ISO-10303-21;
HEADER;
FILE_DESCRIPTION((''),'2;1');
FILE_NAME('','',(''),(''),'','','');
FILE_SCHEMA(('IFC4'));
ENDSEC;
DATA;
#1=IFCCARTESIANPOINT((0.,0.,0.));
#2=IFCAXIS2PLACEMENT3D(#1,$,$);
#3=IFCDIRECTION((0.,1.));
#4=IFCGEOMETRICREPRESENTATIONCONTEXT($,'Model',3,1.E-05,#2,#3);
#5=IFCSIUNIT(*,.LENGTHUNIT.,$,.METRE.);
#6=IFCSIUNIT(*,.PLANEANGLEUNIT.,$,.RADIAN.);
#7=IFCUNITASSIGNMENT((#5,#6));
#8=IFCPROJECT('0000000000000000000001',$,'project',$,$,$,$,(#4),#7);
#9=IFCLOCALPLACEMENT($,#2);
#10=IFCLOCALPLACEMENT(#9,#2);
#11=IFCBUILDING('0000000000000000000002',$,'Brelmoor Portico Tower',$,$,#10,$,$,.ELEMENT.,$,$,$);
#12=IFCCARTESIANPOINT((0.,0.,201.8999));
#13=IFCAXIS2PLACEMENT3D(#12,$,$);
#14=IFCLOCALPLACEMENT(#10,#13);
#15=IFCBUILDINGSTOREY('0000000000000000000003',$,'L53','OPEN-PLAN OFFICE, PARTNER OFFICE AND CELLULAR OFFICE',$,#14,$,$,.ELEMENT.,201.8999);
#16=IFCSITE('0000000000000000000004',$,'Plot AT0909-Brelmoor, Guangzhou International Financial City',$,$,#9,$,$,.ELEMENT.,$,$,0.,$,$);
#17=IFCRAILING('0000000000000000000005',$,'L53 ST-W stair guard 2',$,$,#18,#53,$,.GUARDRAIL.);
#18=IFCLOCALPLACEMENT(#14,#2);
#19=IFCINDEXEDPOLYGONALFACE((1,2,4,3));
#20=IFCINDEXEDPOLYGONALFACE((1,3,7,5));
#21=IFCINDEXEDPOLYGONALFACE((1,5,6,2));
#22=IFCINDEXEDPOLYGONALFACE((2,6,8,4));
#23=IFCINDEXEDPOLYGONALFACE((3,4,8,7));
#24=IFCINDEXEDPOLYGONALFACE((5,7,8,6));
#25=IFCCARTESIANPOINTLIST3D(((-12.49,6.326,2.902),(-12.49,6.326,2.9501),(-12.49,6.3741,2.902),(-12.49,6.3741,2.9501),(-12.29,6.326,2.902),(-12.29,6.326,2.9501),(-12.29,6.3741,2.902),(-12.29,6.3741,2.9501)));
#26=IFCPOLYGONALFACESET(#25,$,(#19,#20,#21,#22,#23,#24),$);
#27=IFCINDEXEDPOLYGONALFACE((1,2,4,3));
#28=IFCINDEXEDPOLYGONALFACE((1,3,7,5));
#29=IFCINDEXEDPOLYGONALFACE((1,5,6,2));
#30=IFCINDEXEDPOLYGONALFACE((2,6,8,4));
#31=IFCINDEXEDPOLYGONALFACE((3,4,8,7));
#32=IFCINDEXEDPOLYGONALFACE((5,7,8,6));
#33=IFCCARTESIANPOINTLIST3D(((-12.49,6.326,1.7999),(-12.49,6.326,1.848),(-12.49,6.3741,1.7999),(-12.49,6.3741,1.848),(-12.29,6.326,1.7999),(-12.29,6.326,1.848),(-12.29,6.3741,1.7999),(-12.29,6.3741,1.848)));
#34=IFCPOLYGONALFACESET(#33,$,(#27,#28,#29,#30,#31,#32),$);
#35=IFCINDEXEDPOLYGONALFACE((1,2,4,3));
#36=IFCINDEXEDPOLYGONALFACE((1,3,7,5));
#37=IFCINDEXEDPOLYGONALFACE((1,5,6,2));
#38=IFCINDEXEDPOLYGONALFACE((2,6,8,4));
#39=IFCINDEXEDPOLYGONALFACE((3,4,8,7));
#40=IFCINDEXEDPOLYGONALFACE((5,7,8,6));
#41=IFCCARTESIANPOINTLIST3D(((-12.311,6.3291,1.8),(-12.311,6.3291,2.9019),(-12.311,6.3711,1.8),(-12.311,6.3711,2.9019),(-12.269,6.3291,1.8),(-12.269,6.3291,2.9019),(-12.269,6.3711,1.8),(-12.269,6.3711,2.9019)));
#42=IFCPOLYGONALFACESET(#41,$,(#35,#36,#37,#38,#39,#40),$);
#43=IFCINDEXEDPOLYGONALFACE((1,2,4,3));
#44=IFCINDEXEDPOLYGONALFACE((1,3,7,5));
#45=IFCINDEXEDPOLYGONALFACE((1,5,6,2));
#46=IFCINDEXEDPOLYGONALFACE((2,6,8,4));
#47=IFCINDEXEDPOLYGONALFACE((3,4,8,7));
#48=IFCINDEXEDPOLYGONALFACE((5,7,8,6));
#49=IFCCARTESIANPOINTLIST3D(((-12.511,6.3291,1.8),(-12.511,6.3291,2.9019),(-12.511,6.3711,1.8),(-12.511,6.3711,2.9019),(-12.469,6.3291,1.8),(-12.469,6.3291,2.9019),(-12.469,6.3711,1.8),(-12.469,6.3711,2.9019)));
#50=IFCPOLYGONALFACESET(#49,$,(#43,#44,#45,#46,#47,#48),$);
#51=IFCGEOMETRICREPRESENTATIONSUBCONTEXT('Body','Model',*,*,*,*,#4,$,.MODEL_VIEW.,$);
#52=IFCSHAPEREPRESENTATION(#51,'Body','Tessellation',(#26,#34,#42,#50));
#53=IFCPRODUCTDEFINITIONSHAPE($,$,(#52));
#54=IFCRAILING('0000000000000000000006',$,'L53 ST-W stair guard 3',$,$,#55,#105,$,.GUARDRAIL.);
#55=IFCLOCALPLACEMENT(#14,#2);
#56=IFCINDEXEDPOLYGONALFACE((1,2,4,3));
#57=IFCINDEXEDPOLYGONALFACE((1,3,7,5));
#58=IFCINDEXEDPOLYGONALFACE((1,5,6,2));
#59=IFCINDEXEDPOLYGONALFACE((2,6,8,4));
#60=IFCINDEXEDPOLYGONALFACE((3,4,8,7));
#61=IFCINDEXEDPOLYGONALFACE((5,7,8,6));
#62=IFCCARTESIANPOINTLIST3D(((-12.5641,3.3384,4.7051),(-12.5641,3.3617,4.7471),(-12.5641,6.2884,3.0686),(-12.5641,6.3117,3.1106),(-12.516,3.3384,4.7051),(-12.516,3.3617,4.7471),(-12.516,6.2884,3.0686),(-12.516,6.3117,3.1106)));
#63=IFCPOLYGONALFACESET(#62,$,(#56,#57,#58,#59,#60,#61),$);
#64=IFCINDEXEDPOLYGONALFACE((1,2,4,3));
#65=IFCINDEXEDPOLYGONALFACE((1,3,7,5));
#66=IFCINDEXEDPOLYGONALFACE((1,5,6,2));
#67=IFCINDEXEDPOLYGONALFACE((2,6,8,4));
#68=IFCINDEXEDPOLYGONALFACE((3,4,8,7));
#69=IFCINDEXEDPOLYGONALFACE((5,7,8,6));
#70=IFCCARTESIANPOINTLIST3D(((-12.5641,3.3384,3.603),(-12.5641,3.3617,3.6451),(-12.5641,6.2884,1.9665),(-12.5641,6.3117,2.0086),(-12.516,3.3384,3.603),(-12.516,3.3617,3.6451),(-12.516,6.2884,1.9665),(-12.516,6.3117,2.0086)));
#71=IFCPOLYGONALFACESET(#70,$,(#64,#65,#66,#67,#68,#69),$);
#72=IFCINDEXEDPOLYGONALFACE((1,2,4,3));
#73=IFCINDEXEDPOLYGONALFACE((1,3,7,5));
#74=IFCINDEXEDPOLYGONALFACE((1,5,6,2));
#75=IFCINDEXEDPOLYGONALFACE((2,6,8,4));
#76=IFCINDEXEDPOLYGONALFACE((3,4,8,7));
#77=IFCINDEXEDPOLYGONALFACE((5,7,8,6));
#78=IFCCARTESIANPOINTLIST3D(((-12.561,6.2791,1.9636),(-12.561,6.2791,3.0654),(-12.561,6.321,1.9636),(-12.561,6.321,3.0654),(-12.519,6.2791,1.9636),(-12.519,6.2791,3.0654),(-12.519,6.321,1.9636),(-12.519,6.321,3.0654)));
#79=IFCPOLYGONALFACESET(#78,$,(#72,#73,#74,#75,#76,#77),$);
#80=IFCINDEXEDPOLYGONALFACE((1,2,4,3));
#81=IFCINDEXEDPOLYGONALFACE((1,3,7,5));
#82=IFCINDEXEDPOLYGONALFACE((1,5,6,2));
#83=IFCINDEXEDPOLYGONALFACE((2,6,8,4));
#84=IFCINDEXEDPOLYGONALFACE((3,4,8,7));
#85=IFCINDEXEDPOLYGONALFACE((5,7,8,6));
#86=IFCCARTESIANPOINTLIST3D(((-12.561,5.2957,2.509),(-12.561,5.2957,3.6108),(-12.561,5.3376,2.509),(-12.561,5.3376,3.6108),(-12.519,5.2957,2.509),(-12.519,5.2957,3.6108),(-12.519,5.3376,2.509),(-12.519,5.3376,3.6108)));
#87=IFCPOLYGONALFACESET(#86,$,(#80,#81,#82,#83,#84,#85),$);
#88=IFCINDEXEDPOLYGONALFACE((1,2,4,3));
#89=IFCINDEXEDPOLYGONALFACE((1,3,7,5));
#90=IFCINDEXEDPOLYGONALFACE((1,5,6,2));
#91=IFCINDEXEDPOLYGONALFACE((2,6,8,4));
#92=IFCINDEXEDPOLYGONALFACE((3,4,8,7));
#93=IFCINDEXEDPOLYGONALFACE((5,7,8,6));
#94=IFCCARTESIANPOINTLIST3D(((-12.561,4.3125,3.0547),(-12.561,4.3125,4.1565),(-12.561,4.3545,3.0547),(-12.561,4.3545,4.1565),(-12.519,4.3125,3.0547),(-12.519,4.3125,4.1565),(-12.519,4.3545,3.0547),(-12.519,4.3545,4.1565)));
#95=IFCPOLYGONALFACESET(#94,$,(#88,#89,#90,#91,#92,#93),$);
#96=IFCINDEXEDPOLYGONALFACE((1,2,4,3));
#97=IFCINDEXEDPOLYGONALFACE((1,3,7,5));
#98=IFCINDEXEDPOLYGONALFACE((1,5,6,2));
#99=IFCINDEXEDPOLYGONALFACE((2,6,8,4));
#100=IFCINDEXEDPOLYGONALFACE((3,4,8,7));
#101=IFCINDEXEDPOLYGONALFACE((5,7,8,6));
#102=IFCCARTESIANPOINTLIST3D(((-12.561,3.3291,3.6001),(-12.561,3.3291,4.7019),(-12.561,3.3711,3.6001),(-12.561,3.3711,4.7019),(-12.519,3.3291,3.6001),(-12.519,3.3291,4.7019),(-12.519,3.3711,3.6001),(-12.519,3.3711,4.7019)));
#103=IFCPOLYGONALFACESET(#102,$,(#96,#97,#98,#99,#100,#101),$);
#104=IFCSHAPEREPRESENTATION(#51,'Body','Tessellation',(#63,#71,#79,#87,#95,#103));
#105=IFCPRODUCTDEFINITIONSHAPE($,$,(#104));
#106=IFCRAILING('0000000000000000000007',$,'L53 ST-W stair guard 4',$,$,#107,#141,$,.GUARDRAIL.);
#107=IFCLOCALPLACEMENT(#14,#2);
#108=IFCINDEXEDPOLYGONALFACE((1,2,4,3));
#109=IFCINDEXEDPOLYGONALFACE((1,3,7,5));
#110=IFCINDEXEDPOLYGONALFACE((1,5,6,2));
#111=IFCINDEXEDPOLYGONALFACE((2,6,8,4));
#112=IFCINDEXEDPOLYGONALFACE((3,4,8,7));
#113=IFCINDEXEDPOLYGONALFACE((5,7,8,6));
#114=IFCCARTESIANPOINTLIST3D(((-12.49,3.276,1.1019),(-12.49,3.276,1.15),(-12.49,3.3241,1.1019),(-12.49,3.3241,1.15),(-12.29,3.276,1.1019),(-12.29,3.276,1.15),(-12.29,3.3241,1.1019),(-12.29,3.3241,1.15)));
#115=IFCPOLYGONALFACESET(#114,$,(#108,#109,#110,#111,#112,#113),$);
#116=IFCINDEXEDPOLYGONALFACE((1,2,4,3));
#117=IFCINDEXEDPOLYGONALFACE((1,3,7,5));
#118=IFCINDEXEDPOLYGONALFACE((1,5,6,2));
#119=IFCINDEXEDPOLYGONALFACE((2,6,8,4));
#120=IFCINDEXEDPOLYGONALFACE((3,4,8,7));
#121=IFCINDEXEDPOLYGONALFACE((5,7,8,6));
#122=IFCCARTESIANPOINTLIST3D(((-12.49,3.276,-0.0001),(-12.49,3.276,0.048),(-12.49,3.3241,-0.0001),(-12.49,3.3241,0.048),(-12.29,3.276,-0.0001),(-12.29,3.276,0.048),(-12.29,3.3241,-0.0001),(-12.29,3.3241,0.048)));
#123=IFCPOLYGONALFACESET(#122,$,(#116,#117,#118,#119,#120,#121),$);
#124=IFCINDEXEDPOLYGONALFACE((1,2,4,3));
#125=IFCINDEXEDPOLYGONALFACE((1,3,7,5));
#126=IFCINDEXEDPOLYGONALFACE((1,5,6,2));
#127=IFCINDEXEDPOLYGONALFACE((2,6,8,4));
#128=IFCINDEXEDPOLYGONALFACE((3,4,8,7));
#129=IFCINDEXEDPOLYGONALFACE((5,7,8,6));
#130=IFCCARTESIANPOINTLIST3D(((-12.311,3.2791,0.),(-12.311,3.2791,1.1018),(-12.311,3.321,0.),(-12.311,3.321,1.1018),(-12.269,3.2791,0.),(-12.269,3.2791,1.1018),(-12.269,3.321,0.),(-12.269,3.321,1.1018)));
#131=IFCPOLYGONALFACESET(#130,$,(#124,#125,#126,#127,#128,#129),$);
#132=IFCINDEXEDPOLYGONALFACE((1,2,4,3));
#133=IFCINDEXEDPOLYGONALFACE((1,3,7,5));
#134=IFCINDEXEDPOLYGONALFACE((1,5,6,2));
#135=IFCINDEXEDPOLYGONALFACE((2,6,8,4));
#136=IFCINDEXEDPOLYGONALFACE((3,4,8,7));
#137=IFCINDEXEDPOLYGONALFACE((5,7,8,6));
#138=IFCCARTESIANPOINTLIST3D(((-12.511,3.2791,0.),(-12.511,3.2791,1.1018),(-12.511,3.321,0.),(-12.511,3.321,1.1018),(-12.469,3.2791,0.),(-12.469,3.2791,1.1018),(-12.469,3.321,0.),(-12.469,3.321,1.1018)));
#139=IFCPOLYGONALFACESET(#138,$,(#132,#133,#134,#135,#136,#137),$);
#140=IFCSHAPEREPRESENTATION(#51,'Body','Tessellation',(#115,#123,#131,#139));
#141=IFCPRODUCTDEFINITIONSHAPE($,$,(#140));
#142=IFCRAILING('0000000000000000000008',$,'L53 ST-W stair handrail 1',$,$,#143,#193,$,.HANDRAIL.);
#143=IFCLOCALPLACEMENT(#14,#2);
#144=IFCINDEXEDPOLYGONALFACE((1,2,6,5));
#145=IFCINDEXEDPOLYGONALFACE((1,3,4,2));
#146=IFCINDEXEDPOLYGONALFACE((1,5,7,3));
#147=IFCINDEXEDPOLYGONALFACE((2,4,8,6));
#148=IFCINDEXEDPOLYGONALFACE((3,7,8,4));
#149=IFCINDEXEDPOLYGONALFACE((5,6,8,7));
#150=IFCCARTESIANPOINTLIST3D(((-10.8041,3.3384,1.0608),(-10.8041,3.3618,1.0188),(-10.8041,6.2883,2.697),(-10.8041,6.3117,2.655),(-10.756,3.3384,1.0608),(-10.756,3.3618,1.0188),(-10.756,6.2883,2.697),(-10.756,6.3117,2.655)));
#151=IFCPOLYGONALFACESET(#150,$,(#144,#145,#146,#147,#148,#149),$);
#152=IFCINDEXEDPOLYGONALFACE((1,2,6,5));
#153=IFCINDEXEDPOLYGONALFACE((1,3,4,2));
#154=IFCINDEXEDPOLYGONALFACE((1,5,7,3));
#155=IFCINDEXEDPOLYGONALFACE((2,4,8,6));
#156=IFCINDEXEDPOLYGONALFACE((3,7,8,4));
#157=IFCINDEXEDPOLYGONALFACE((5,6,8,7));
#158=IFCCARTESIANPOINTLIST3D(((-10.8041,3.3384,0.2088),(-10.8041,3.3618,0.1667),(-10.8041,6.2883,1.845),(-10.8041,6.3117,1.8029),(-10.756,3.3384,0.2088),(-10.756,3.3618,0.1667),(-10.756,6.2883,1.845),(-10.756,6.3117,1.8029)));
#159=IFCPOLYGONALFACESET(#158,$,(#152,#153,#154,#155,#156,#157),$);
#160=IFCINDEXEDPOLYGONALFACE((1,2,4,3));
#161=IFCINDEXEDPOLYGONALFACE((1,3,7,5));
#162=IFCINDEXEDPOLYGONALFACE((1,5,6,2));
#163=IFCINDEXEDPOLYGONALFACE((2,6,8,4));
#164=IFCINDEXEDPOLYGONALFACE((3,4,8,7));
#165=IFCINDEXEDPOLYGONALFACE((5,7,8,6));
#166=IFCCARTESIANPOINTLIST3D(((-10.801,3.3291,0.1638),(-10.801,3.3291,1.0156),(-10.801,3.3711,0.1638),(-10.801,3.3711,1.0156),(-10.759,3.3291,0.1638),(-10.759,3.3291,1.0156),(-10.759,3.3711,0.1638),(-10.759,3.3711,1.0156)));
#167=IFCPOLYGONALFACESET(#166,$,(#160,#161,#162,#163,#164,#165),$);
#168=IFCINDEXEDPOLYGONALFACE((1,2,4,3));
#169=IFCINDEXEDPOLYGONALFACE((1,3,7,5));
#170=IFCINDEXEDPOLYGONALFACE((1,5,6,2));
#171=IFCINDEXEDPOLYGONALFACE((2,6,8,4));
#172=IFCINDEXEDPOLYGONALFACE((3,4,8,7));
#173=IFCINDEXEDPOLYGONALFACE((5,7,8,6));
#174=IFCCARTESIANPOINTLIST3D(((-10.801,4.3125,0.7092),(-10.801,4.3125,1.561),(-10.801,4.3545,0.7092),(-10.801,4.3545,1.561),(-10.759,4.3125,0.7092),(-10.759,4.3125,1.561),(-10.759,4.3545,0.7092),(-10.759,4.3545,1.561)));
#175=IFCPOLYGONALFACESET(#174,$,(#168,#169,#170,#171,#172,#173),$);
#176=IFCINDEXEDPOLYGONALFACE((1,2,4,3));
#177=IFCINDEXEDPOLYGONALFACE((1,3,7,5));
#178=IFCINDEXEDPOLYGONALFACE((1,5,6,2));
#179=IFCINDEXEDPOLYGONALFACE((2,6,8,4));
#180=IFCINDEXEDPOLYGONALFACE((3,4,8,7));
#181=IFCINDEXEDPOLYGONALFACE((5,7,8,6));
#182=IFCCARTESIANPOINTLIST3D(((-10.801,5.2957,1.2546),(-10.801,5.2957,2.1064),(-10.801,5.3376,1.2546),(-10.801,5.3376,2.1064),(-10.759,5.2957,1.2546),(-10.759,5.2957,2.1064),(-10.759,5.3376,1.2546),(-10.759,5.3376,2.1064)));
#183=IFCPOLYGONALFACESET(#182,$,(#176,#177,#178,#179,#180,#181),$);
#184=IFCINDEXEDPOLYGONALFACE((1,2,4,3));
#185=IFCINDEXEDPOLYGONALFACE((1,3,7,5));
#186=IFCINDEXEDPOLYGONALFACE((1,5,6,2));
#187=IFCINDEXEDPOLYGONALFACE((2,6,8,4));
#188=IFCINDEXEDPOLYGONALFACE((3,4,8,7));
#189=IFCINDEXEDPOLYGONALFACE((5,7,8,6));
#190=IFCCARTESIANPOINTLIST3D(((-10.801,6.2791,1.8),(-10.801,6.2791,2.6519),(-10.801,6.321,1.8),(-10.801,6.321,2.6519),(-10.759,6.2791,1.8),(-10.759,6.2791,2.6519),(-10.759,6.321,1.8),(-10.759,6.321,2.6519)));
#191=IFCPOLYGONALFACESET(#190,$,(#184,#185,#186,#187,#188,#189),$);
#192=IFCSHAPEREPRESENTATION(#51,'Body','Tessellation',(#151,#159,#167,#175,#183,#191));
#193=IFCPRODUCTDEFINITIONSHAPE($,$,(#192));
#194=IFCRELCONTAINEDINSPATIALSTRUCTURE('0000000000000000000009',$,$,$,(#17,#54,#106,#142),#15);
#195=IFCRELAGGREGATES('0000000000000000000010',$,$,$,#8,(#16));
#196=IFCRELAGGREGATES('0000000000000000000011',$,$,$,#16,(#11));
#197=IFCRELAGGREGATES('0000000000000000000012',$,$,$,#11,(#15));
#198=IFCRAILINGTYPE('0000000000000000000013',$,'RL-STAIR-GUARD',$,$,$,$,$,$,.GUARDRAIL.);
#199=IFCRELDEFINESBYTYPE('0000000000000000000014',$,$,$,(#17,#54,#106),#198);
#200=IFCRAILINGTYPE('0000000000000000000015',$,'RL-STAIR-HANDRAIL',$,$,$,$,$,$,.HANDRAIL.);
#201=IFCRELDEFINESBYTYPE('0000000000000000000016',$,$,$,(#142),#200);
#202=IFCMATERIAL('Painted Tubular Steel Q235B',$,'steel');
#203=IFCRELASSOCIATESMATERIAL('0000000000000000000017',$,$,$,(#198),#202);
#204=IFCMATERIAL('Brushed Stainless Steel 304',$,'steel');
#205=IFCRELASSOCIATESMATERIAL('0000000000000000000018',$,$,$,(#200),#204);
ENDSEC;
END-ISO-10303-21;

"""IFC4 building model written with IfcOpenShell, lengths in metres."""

from ifc_helpers import new_model, si_unit, direction, frame, origin, origin_2d, place, context, subcontext, project, spatial, rectangle, extrude, material, type_object, element, save


model = new_model("IFC4")

# Units and contexts
model_context = context("Model", 3, precision=1e-05, world=origin(), true_north=direction((0.0, 1.0)))
body_context = subcontext(model_context, "Body", "Model", "MODEL_VIEW")
ifc_project = project(units=[si_unit("LENGTHUNIT", "METRE"), si_unit("PLANEANGLEUNIT", "RADIAN")], contexts=[model_context])

# Site, building, storey
site_placement = place(None, origin())
site = spatial("IfcSite", under=ifc_project, at=site_placement, Name="Plot AT0909-Brelmoor, Guangzhou International Financial City", CompositionType="ELEMENT", RefElevation=0.0)
building_placement = place(site_placement, origin())
building = spatial("IfcBuilding", under=site, at=building_placement, Name="Brelmoor Portico Tower", CompositionType="ELEMENT")
storey_placement = place(building_placement, frame((0.0, 0.0, 201.8999)))
storey = spatial("IfcBuildingStorey", under=building, at=storey_placement, Name="L53", Description="OPEN-PLAN OFFICE, PARTNER OFFICE AND CELLULAR OFFICE", CompositionType="ELEMENT", Elevation=201.8999)

# Railings
ifc_material_1 = material(Name="Painted Tubular Steel Q235B", Category="steel")
railing_type_1 = type_object("IfcRailingType", Name="RL-STAIR-GUARD", PredefinedType="GUARDRAIL", material=ifc_material_1)
railing_1_placement = place(storey_placement, frame((-12.29, 6.3501, 1.8)))
element("IfcRailing", 1, at=railing_1_placement, inside=storey, type_object=railing_type_1, Name="L53 ST-W stair guard 2", PredefinedType="GUARDRAIL", context=body_context, shape_type="SweptSolid", body=[
    extrude(rectangle(XDim=0.0481, YDim=0.0481, at=origin_2d()), frame((0.0, 0.0, 1.126), z_axis=(-1.0, 0.0, 0.0), x_axis=(0.0, -1.0, 0.0)), (0.0, 0.0, 1.0), 0.2),
    extrude(rectangle(XDim=0.0481, YDim=0.0481, at=origin_2d()), frame((0.0, 0.0, 0.0239), z_axis=(-1.0, 0.0, 0.0), x_axis=(0.0, -1.0, 0.0)), (0.0, 0.0, 1.0), 0.2),
    extrude(rectangle(XDim=0.042, YDim=0.042, at=origin_2d()), origin(), (0.0, 0.0, 1.0), 1.1018),
    extrude(rectangle(XDim=0.042, YDim=0.042, at=origin_2d()), frame((-0.2, 0.0, 0.0)), (0.0, 0.0, 1.0), 1.1018),
])
railing_2_placement = place(storey_placement, frame((-12.54, 6.3, 1.9636)))
element("IfcRailing", 2, at=railing_2_placement, inside=storey, type_object=railing_type_1, Name="L53 ST-W stair guard 3", PredefinedType="GUARDRAIL", context=body_context, shape_type="SweptSolid", body=[
    extrude(rectangle(XDim=0.0481, YDim=0.0481, at=origin_2d()), frame((0.0, 0.0, 1.126), z_axis=(0.0, -0.874458, 0.485102), x_axis=(1.0, 0.0, 0.0)), (0.0, 0.0, 1.0), 3.3735),
    extrude(rectangle(XDim=0.0481, YDim=0.0481, at=origin_2d()), frame((0.0, 0.0, 0.0239), z_axis=(0.0, -0.874458, 0.485102), x_axis=(1.0, 0.0, 0.0)), (0.0, 0.0, 1.0), 3.3735),
    extrude(rectangle(XDim=0.042, YDim=0.042, at=origin_2d()), origin(), (0.0, 0.0, 1.0), 1.1018),
    extrude(rectangle(XDim=0.042, YDim=0.042, at=origin_2d()), frame((0.0, -0.9834, 0.5454)), (0.0, 0.0, 1.0), 1.1018),
    extrude(rectangle(XDim=0.042, YDim=0.042, at=origin_2d()), frame((0.0, -1.9666, 1.0911)), (0.0, 0.0, 1.0), 1.1018),
    extrude(rectangle(XDim=0.042, YDim=0.042, at=origin_2d()), frame((0.0, -2.95, 1.6365)), (0.0, 0.0, 1.0), 1.1018),
])
railing_3_placement = place(storey_placement, frame((-12.29, 3.3, 0.0)))
element("IfcRailing", 3, at=railing_3_placement, inside=storey, type_object=railing_type_1, Name="L53 ST-W stair guard 4", PredefinedType="GUARDRAIL", context=body_context, shape_type="SweptSolid", body=[
    extrude(rectangle(XDim=0.0481, YDim=0.0481, at=origin_2d()), frame((0.0, 0.0, 1.126), z_axis=(-1.0, 0.0, 0.0), x_axis=(0.0, -1.0, 0.0)), (0.0, 0.0, 1.0), 0.2),
    extrude(rectangle(XDim=0.0481, YDim=0.0481, at=origin_2d()), frame((0.0, 0.0, 0.0239), z_axis=(-1.0, 0.0, 0.0), x_axis=(0.0, -1.0, 0.0)), (0.0, 0.0, 1.0), 0.2),
    extrude(rectangle(XDim=0.042, YDim=0.042, at=origin_2d()), origin(), (0.0, 0.0, 1.0), 1.1018),
    extrude(rectangle(XDim=0.042, YDim=0.042, at=origin_2d()), frame((-0.2, 0.0, 0.0)), (0.0, 0.0, 1.0), 1.1018),
])
ifc_material_2 = material(Name="Brushed Stainless Steel 304", Category="steel")
railing_type_2 = type_object("IfcRailingType", Name="RL-STAIR-HANDRAIL", PredefinedType="HANDRAIL", material=ifc_material_2)
railing_4_placement = place(storey_placement, frame((-10.78, 3.3501, 0.1638)))
element("IfcRailing", 4, at=railing_4_placement, inside=storey, type_object=railing_type_2, Name="L53 ST-W stair handrail 1", PredefinedType="HANDRAIL", context=body_context, shape_type="SweptSolid", body=[
    extrude(rectangle(XDim=0.0481, YDim=0.0481, at=origin_2d()), frame((0.0, 0.0, 0.876), z_axis=(0.0, 0.874488, 0.485047), x_axis=(-1.0, 0.0, 0.0)), (0.0, 0.0, 1.0), 3.3733),
    extrude(rectangle(XDim=0.0481, YDim=0.0481, at=origin_2d()), frame((0.0, 0.0, 0.0239), z_axis=(0.0, 0.874488, 0.485047), x_axis=(-1.0, 0.0, 0.0)), (0.0, 0.0, 1.0), 3.3733),
    extrude(rectangle(XDim=0.042, YDim=0.042, at=origin_2d()), origin(), (0.0, 0.0, 1.0), 0.8518),
    extrude(rectangle(XDim=0.042, YDim=0.042, at=origin_2d()), frame((0.0, 0.9834, 0.5454)), (0.0, 0.0, 1.0), 0.8518),
    extrude(rectangle(XDim=0.042, YDim=0.042, at=origin_2d()), frame((0.0, 1.9666, 1.0908)), (0.0, 0.0, 1.0), 0.8518),
    extrude(rectangle(XDim=0.042, YDim=0.042, at=origin_2d()), frame((0.0, 2.95, 1.6362)), (0.0, 0.0, 1.0), 0.8518),
])

save(model, "model.ifc")
